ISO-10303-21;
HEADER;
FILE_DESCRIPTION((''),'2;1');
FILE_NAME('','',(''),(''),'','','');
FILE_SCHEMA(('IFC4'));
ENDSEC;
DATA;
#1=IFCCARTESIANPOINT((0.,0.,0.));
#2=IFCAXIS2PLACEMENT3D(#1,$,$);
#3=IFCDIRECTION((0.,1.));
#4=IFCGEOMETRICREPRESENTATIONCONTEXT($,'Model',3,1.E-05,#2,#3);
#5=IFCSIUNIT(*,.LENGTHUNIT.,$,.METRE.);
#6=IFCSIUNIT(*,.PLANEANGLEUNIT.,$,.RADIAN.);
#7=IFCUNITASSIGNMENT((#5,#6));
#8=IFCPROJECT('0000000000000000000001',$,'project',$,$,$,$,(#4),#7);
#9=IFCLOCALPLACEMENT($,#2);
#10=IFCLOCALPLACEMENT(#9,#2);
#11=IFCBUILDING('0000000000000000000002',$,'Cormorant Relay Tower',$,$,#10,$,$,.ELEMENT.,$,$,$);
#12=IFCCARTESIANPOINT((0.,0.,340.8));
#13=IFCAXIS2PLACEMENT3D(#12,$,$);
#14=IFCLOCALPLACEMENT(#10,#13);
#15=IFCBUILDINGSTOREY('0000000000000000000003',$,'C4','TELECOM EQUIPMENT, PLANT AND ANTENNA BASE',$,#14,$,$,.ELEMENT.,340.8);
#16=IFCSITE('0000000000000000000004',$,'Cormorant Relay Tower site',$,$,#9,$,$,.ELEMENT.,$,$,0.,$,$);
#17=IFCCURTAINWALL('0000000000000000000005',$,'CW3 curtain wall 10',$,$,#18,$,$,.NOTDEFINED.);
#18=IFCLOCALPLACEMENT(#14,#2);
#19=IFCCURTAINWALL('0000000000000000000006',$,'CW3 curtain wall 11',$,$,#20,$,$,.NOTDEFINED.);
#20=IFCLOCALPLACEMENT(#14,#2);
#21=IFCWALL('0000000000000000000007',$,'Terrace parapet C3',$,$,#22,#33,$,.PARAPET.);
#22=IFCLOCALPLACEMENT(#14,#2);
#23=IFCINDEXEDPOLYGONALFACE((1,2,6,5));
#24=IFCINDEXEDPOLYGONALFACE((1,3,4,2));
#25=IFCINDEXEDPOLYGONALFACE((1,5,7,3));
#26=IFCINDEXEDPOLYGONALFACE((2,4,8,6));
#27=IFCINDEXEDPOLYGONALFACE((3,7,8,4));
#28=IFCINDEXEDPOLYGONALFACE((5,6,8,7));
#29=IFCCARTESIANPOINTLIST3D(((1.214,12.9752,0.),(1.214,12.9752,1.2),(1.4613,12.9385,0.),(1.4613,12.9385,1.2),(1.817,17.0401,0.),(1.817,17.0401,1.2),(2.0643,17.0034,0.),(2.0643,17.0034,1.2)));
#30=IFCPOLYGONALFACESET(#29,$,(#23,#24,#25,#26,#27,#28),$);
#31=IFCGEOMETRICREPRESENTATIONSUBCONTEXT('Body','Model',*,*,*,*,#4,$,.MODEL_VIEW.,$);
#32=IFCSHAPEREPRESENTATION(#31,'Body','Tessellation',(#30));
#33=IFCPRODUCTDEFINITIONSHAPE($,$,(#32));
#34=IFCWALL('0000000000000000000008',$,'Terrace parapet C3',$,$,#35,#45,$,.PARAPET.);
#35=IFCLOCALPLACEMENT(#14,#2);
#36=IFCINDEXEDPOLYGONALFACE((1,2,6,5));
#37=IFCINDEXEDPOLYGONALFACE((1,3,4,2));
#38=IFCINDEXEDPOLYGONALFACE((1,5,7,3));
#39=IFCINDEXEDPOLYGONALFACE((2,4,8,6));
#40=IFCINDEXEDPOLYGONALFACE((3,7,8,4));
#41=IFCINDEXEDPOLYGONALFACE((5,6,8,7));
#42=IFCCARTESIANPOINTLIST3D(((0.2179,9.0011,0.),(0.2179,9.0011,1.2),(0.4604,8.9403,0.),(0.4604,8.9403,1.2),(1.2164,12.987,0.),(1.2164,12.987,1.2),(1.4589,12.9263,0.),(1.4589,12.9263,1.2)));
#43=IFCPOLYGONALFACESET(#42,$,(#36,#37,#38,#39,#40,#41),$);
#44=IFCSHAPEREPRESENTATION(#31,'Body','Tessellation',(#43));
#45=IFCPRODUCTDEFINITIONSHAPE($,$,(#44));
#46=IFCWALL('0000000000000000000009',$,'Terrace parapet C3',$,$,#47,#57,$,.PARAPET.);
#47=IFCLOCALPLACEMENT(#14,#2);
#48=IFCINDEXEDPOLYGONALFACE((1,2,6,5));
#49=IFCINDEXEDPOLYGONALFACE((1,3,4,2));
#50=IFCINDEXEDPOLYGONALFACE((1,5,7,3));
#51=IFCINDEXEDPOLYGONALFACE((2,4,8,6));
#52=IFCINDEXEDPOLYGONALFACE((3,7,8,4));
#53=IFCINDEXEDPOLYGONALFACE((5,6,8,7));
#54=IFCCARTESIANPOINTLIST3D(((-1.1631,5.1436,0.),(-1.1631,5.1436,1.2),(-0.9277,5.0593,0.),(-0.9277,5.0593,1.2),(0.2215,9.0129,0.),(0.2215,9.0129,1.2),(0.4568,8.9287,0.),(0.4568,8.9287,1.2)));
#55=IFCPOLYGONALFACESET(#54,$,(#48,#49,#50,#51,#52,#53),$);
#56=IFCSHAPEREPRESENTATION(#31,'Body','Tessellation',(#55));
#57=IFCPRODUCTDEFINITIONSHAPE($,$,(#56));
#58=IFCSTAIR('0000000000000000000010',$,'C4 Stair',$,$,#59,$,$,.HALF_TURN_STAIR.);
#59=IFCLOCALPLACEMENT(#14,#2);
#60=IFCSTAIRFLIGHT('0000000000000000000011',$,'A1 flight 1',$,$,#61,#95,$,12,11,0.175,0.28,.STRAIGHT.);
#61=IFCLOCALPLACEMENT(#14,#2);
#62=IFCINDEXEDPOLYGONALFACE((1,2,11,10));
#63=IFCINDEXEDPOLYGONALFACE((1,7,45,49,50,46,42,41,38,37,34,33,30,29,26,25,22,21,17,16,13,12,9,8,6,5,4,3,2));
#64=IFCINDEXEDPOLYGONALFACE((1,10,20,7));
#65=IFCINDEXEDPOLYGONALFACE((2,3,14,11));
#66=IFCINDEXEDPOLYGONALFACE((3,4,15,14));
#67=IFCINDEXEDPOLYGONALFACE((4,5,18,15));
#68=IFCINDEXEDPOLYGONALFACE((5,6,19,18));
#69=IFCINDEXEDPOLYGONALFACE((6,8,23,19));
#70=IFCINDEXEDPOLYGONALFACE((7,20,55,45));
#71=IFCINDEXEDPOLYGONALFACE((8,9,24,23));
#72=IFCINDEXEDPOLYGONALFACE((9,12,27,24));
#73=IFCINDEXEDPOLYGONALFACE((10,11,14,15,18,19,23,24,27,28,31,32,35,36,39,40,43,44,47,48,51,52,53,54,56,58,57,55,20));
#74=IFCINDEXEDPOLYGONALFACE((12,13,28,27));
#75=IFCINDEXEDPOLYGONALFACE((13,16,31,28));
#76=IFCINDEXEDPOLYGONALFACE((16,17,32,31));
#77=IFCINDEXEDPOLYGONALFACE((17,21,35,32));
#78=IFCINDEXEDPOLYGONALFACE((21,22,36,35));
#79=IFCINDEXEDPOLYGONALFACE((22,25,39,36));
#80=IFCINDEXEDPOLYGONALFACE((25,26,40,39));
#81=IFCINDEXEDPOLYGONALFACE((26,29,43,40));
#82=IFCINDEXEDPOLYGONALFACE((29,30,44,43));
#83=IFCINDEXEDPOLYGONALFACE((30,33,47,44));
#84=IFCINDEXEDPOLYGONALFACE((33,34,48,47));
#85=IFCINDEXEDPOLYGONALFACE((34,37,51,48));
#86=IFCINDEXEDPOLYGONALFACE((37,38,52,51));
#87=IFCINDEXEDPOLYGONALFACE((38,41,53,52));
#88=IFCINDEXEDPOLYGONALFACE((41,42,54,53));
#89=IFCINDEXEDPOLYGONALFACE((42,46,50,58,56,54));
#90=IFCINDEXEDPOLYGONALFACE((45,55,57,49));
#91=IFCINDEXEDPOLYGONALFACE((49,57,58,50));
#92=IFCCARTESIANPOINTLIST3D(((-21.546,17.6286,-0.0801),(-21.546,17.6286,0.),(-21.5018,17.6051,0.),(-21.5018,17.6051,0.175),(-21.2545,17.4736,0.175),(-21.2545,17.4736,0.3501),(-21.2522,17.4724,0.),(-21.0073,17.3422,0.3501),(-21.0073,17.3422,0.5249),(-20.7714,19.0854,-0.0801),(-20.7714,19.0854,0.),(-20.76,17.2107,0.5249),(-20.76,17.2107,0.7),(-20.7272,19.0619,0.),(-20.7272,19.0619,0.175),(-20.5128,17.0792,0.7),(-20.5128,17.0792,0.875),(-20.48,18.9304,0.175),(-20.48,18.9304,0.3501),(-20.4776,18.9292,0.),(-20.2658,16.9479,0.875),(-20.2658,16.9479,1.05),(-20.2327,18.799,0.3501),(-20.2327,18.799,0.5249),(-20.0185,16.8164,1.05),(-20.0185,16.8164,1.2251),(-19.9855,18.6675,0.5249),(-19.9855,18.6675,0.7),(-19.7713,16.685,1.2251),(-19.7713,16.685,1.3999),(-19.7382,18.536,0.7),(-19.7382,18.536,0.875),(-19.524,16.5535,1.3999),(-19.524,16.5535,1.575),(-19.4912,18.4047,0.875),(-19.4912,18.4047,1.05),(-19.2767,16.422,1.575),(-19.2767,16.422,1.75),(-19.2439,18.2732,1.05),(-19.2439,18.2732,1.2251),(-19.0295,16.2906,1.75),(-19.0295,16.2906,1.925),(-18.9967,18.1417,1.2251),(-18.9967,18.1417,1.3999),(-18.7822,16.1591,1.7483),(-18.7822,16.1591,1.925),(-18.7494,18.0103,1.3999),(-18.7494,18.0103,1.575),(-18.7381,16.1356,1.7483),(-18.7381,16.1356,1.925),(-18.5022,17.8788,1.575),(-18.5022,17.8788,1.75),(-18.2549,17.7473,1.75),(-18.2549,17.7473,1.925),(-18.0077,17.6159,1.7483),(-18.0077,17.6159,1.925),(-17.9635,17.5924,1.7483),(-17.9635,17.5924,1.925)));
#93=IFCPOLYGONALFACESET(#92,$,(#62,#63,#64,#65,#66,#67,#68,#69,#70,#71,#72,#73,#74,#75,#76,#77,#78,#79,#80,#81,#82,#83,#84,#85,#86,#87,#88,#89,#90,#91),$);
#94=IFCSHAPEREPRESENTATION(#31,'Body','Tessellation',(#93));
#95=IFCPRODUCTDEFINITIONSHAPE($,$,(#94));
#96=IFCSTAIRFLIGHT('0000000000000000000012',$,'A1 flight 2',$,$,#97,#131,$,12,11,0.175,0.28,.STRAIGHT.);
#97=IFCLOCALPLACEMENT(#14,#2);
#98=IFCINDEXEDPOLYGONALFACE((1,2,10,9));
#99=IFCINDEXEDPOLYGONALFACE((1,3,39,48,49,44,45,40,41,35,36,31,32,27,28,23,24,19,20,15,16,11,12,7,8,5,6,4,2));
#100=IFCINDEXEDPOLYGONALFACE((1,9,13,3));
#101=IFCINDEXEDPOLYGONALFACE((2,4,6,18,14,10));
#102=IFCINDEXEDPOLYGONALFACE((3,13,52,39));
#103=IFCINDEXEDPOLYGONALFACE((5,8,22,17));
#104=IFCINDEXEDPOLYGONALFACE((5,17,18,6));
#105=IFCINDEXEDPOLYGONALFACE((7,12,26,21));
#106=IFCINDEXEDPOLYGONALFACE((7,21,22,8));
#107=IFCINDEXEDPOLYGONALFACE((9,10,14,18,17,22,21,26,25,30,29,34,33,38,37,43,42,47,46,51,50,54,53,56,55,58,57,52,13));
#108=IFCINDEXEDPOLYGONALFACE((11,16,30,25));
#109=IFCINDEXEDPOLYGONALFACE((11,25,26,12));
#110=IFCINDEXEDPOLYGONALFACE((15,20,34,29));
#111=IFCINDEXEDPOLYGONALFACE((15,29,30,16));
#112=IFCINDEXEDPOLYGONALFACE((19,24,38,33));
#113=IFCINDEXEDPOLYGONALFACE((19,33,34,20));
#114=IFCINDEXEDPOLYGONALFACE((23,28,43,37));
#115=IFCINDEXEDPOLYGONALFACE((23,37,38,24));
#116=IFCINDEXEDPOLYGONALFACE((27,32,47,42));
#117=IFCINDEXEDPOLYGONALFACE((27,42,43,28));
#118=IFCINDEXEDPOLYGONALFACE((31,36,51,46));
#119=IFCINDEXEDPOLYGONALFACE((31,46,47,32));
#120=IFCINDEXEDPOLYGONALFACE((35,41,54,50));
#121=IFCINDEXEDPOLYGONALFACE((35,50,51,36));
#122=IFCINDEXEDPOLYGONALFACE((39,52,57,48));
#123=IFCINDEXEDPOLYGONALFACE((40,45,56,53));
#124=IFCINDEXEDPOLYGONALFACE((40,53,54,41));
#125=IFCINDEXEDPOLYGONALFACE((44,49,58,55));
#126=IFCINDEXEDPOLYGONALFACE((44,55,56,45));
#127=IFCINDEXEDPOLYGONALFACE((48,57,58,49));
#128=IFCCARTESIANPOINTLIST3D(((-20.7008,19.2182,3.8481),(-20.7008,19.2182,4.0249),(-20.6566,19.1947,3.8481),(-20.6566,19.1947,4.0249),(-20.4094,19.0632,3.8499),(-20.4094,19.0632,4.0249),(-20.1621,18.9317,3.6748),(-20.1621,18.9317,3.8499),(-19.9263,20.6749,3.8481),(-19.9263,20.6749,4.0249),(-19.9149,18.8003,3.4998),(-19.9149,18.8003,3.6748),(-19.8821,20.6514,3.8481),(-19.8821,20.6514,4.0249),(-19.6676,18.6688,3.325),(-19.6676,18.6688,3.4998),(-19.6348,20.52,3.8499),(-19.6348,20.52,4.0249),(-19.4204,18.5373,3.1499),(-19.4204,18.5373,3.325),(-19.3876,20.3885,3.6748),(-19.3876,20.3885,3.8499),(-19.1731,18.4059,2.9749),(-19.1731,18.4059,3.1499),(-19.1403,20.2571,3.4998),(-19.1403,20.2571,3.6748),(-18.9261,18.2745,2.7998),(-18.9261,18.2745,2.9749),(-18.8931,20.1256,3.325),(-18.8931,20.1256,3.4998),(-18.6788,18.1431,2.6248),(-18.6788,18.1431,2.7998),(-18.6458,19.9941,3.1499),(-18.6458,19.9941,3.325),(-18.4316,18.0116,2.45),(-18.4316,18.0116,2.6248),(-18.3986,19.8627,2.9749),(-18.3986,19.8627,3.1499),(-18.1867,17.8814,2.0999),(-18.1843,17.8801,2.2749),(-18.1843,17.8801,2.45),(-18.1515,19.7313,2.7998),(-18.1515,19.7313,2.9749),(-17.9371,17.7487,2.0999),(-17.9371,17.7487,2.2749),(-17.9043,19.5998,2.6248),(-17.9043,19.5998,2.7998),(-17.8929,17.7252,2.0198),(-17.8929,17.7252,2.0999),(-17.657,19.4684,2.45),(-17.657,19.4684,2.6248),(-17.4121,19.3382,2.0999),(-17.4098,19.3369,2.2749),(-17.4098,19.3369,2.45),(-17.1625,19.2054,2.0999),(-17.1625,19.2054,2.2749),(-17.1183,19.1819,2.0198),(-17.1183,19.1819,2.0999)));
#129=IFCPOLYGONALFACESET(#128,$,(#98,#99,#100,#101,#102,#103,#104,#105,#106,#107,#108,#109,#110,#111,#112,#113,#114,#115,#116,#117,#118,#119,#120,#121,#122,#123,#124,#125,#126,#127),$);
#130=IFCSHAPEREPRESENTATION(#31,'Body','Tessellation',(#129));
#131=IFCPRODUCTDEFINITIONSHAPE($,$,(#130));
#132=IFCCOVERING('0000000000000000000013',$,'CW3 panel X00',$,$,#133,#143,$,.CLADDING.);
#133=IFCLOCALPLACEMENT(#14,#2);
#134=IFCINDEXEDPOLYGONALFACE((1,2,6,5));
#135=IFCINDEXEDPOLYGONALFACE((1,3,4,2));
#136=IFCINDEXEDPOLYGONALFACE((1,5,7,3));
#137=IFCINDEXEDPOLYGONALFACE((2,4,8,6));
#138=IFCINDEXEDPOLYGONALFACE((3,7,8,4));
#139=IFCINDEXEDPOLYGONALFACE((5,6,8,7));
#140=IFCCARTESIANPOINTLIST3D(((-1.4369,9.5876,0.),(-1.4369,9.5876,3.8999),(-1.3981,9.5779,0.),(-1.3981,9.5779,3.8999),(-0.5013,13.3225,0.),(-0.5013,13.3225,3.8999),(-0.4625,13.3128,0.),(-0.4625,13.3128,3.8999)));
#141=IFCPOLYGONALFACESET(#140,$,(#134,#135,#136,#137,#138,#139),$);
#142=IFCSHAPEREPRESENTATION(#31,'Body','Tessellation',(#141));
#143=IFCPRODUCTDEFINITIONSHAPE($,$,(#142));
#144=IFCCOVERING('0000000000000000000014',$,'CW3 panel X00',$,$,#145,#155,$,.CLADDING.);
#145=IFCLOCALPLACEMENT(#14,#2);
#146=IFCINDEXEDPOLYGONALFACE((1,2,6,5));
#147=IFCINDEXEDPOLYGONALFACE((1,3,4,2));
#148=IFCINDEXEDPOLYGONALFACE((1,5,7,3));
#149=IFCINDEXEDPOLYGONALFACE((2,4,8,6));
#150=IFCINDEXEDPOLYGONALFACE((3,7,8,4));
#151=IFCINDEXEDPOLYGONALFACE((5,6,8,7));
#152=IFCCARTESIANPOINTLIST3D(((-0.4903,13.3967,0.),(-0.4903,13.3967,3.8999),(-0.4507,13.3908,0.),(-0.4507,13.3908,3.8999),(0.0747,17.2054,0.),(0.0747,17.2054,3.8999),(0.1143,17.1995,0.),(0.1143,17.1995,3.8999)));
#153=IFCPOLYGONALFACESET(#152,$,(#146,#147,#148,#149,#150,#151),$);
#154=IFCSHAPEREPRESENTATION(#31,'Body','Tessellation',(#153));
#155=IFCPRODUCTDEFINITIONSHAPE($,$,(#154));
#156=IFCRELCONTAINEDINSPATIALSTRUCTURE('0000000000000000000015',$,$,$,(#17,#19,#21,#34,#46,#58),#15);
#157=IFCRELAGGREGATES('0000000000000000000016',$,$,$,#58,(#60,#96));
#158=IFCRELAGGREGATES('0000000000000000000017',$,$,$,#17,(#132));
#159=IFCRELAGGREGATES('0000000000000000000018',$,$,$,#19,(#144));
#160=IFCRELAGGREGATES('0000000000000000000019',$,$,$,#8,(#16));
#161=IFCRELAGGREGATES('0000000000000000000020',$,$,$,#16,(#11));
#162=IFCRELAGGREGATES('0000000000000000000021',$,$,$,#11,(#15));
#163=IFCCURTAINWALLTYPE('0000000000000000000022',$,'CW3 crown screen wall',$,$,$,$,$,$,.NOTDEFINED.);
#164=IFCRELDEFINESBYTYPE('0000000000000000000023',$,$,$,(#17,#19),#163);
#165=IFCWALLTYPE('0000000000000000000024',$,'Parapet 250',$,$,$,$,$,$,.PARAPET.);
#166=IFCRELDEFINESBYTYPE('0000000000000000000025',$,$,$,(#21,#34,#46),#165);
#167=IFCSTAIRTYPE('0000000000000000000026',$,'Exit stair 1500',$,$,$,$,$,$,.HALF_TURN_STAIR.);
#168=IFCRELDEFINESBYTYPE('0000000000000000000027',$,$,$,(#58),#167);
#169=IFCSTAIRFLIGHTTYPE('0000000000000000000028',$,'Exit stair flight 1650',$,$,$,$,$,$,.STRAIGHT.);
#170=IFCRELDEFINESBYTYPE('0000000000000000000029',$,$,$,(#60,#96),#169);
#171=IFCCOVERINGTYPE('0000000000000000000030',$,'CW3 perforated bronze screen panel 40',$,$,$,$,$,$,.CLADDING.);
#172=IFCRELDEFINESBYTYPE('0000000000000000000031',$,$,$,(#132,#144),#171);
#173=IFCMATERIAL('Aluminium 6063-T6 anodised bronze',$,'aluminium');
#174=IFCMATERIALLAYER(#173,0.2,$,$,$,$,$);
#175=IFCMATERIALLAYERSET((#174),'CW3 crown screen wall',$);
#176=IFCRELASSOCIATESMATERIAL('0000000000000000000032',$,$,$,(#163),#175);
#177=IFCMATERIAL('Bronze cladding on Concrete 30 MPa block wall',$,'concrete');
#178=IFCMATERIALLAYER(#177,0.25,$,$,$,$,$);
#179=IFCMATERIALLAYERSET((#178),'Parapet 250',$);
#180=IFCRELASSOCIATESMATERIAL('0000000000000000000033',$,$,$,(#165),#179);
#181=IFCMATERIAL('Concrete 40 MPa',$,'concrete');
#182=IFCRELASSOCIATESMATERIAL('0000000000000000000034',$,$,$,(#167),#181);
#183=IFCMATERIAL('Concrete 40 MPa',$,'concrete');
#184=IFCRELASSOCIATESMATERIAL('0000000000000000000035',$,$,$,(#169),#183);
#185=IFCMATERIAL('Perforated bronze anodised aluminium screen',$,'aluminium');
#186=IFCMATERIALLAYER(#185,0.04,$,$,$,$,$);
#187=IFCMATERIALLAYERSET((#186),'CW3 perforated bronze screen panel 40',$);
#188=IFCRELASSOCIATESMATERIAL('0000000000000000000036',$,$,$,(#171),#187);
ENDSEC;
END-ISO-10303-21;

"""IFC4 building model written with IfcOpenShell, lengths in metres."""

from ifc_helpers import new_model, si_unit, direction, frame, frame_2d, origin, origin_2d, place, context, subcontext, project, spatial, polyline, rectangle, outline, extrude, material, layer, layer_set, type_object, element, aggregate, save


model = new_model("IFC4")

# Units and contexts
model_context = context("Model", 3, precision=1e-05, world=origin(), true_north=direction((0.0, 1.0)))
body_context = subcontext(model_context, "Body", "Model", "MODEL_VIEW")
ifc_project = project(units=[si_unit("LENGTHUNIT", "METRE"), si_unit("PLANEANGLEUNIT", "RADIAN")], contexts=[model_context])

# Site, building, storey
site_placement = place(None, origin())
site = spatial("IfcSite", under=ifc_project, at=site_placement, Name="Cormorant Relay Tower site", CompositionType="ELEMENT", RefElevation=0.0)
building_placement = place(site_placement, origin())
building = spatial("IfcBuilding", under=site, at=building_placement, Name="Cormorant Relay Tower", CompositionType="ELEMENT")
storey_placement = place(building_placement, frame((0.0, 0.0, 340.8)))
storey = spatial("IfcBuildingStorey", under=building, at=storey_placement, Name="C4", Description="TELECOM EQUIPMENT, PLANT AND ANTENNA BASE", CompositionType="ELEMENT", Elevation=340.8)

# Curtain walls
ifc_material_1 = material(Name="Aluminium 6063-T6 anodised bronze", Category="aluminium")
ifc_layer_1 = layer(ifc_material_1, 0.2)
ifc_layer_set_1 = layer_set([ifc_layer_1], Name="CW3 crown screen wall")
curtain_wall_type = type_object("IfcCurtainWallType", Name="CW3 crown screen wall", PredefinedType="NOTDEFINED", material=ifc_layer_set_1)
curtain_wall_1_placement = place(storey_placement, origin())
curtain_wall_1 = element("IfcCurtainWall", 1, at=curtain_wall_1_placement, inside=storey, type_object=curtain_wall_type, Name="CW3 curtain wall 10", PredefinedType="NOTDEFINED")
curtain_wall_2_placement = place(storey_placement, origin())
curtain_wall_2 = element("IfcCurtainWall", 2, at=curtain_wall_2_placement, inside=storey, type_object=curtain_wall_type, Name="CW3 curtain wall 11", PredefinedType="NOTDEFINED")

# Walls
ifc_material_2 = material(Name="Bronze cladding on Concrete 30 MPa block wall", Category="concrete")
ifc_layer_2 = layer(ifc_material_2, 0.25)
ifc_layer_set_2 = layer_set([ifc_layer_2], Name="Parapet 250")
wall_type_1 = type_object("IfcWallType", Name="Parapet 250", PredefinedType="PARAPET", material=ifc_layer_set_2)
wall_1_placement = place(storey_placement, frame((1.9407, 17.0217, 0.0), z_axis=(0.0, 0.0, 1.0), x_axis=(-0.146742, -0.989175, 0.0)))
element("IfcWall", 3, at=wall_1_placement, inside=storey, type_object=wall_type_1, Name="Terrace parapet C3", PredefinedType="PARAPET", context=body_context, shape_type="SweptSolid", body=[
    extrude(rectangle(XDim=4.1094, YDim=0.25, at=frame_2d((2.0547, 0.0))), origin(), (0.0, 0.0, 1.0), 1.2),
])
wall_2_placement = place(storey_placement, frame((1.3376, 12.9568, 0.0), z_axis=(0.0, 0.0, 1.0), x_axis=(-0.242997, -0.970027, 0.0)))
element("IfcWall", 4, at=wall_2_placement, inside=storey, type_object=wall_type_1, Name="Terrace parapet C3", PredefinedType="PARAPET", context=body_context, shape_type="SweptSolid", body=[
    extrude(rectangle(XDim=4.1091, YDim=0.25, at=frame_2d((2.0547, 0.0))), origin(), (0.0, 0.0, 1.0), 1.2),
])
wall_3_placement = place(storey_placement, frame((0.3391, 8.9707, 0.0), z_axis=(0.0, 0.0, 1.0), x_axis=(-0.336897, -0.941541, 0.0)))
element("IfcWall", 5, at=wall_3_placement, inside=storey, type_object=wall_type_1, Name="Terrace parapet C3", PredefinedType="PARAPET", context=body_context, shape_type="SweptSolid", body=[
    extrude(rectangle(XDim=4.1096, YDim=0.25, at=frame_2d((2.0547, 0.0))), origin(), (0.0, 0.0, 1.0), 1.2),
])

# Stair, stair flights
ifc_material_3 = material(Name="Concrete 40 MPa", Category="concrete")
stair_type = type_object("IfcStairType", Name="Exit stair 1500", PredefinedType="HALF_TURN_STAIR", material=ifc_material_3)
stair_placement = place(storey_placement, origin())
stair = element("IfcStair", 6, at=stair_placement, inside=storey, type_object=stair_type, Name="C4 Stair", PredefinedType="HALF_TURN_STAIR")
ifc_material_4 = material(Name="Concrete 40 MPa", Category="concrete")
stair_flight_type = type_object("IfcStairFlightType", Name="Exit stair flight 1650", PredefinedType="STRAIGHT", material=ifc_material_4)
stair_flight_1_placement = place(storey_placement, frame((-21.1145, 18.3335, 0.0), z_axis=(0.0, 0.0, 1.0), x_axis=(0.882948, -0.469472, 0.0)))
stair_flight_1 = element("IfcStairFlight", 7, at=stair_flight_1_placement, type_object=stair_flight_type, Name="A1 flight 1", NumberOfRisers=12, NumberOfTreads=11, PredefinedType="STRAIGHT", RiserHeight=0.175, TreadLength=0.28, context=body_context, shape_type="SweptSolid", body=[
    extrude(outline(polyline([(-0.05, -0.0801), (-0.05, 0.0), (0.0, 0.0), (0.0, 0.175), (0.28, 0.175), (0.28, 0.3501), (0.5601, 0.3501), (0.5601, 0.5249), (0.8401, 0.5249), (0.8401, 0.7), (1.1201, 0.7), (1.1201, 0.875), (1.3999, 0.875), (1.3999, 1.05), (1.6799, 1.05), (1.6799, 1.2251), (1.96, 1.2251), (1.96, 1.3999), (2.24, 1.3999), (2.24, 1.575), (2.52, 1.575), (2.52, 1.75), (2.8, 1.75), (2.8, 1.925), (3.0801, 1.925), (3.1301, 1.925), (3.1301, 1.7483), (3.0801, 1.7483), (0.2827, 0.0), (-0.05, -0.0801)])), frame((0.0, 0.825, 0.0), z_axis=(0.0, -1.0, 0.0), x_axis=(1.0, 0.0, 0.0)), (0.0, 0.0, 1.0), 1.6499),
])
stair_flight_2_placement = place(storey_placement, frame((-17.5498, 18.4771, 2.0999), z_axis=(0.0, 0.0, 1.0), x_axis=(-0.882948, 0.469472, 0.0)))
stair_flight_2 = element("IfcStairFlight", 8, at=stair_flight_2_placement, type_object=stair_flight_type, Name="A1 flight 2", NumberOfRisers=12, NumberOfTreads=11, PredefinedType="STRAIGHT", RiserHeight=0.175, TreadLength=0.28, context=body_context, shape_type="SweptSolid", body=[
    extrude(outline(polyline([(-0.05, -0.0801), (-0.05, 0.0), (0.0, 0.0), (0.0, 0.175), (0.28, 0.175), (0.28, 0.3501), (0.5601, 0.3501), (0.5601, 0.5249), (0.8401, 0.5249), (0.8401, 0.7), (1.1201, 0.7), (1.1201, 0.875), (1.3999, 0.875), (1.3999, 1.05), (1.6799, 1.05), (1.6799, 1.2251), (1.96, 1.2251), (1.96, 1.3999), (2.24, 1.3999), (2.24, 1.575), (2.52, 1.575), (2.52, 1.75), (2.8, 1.75), (2.8, 1.925), (3.0801, 1.925), (3.1301, 1.925), (3.1301, 1.7483), (3.0801, 1.7483), (0.2827, 0.0), (-0.05, -0.0801)])), frame((0.0, 0.825, 0.0), z_axis=(0.0, -1.0, 0.0), x_axis=(1.0, 0.0, 0.0)), (0.0, 0.0, 1.0), 1.6499),
])
aggregate(stair, [stair_flight_1, stair_flight_2])

# Coverings
ifc_material_5 = material(Name="Perforated bronze anodised aluminium screen", Category="aluminium")
ifc_layer_3 = layer(ifc_material_5, 0.04)
ifc_layer_set_3 = layer_set([ifc_layer_3], Name="CW3 perforated bronze screen panel 40")
covering_type = type_object("IfcCoveringType", Name="CW3 perforated bronze screen panel 40", PredefinedType="CLADDING", material=ifc_layer_set_3)
covering_1_placement = place(storey_placement, frame((-0.9497, 11.4502, 0.0), z_axis=(0.0, 0.0, 1.0), x_axis=(0.24298, 0.970031, 0.0)))
covering_1 = element("IfcCovering", 9, at=covering_1_placement, type_object=covering_type, Name="CW3 panel X00", PredefinedType="CLADDING", context=body_context, shape_type="SweptSolid", body=[
    extrude(rectangle(XDim=3.8503, YDim=0.04, at=origin_2d()), origin(), (0.0, 0.0, 1.0), 3.8999),
])
aggregate(curtain_wall_1, [covering_1])
covering_2_placement = place(storey_placement, frame((-0.188, 15.2981, 0.0), z_axis=(0.0, 0.0, 1.0), x_axis=(0.14673, 0.989177, 0.0)))
covering_2 = element("IfcCovering", 10, at=covering_2_placement, type_object=covering_type, Name="CW3 panel X00", PredefinedType="CLADDING", context=body_context, shape_type="SweptSolid", body=[
    extrude(rectangle(XDim=3.8503, YDim=0.04, at=origin_2d()), origin(), (0.0, 0.0, 1.0), 3.8999),
])
aggregate(curtain_wall_2, [covering_2])

save(model, "model.ifc")
